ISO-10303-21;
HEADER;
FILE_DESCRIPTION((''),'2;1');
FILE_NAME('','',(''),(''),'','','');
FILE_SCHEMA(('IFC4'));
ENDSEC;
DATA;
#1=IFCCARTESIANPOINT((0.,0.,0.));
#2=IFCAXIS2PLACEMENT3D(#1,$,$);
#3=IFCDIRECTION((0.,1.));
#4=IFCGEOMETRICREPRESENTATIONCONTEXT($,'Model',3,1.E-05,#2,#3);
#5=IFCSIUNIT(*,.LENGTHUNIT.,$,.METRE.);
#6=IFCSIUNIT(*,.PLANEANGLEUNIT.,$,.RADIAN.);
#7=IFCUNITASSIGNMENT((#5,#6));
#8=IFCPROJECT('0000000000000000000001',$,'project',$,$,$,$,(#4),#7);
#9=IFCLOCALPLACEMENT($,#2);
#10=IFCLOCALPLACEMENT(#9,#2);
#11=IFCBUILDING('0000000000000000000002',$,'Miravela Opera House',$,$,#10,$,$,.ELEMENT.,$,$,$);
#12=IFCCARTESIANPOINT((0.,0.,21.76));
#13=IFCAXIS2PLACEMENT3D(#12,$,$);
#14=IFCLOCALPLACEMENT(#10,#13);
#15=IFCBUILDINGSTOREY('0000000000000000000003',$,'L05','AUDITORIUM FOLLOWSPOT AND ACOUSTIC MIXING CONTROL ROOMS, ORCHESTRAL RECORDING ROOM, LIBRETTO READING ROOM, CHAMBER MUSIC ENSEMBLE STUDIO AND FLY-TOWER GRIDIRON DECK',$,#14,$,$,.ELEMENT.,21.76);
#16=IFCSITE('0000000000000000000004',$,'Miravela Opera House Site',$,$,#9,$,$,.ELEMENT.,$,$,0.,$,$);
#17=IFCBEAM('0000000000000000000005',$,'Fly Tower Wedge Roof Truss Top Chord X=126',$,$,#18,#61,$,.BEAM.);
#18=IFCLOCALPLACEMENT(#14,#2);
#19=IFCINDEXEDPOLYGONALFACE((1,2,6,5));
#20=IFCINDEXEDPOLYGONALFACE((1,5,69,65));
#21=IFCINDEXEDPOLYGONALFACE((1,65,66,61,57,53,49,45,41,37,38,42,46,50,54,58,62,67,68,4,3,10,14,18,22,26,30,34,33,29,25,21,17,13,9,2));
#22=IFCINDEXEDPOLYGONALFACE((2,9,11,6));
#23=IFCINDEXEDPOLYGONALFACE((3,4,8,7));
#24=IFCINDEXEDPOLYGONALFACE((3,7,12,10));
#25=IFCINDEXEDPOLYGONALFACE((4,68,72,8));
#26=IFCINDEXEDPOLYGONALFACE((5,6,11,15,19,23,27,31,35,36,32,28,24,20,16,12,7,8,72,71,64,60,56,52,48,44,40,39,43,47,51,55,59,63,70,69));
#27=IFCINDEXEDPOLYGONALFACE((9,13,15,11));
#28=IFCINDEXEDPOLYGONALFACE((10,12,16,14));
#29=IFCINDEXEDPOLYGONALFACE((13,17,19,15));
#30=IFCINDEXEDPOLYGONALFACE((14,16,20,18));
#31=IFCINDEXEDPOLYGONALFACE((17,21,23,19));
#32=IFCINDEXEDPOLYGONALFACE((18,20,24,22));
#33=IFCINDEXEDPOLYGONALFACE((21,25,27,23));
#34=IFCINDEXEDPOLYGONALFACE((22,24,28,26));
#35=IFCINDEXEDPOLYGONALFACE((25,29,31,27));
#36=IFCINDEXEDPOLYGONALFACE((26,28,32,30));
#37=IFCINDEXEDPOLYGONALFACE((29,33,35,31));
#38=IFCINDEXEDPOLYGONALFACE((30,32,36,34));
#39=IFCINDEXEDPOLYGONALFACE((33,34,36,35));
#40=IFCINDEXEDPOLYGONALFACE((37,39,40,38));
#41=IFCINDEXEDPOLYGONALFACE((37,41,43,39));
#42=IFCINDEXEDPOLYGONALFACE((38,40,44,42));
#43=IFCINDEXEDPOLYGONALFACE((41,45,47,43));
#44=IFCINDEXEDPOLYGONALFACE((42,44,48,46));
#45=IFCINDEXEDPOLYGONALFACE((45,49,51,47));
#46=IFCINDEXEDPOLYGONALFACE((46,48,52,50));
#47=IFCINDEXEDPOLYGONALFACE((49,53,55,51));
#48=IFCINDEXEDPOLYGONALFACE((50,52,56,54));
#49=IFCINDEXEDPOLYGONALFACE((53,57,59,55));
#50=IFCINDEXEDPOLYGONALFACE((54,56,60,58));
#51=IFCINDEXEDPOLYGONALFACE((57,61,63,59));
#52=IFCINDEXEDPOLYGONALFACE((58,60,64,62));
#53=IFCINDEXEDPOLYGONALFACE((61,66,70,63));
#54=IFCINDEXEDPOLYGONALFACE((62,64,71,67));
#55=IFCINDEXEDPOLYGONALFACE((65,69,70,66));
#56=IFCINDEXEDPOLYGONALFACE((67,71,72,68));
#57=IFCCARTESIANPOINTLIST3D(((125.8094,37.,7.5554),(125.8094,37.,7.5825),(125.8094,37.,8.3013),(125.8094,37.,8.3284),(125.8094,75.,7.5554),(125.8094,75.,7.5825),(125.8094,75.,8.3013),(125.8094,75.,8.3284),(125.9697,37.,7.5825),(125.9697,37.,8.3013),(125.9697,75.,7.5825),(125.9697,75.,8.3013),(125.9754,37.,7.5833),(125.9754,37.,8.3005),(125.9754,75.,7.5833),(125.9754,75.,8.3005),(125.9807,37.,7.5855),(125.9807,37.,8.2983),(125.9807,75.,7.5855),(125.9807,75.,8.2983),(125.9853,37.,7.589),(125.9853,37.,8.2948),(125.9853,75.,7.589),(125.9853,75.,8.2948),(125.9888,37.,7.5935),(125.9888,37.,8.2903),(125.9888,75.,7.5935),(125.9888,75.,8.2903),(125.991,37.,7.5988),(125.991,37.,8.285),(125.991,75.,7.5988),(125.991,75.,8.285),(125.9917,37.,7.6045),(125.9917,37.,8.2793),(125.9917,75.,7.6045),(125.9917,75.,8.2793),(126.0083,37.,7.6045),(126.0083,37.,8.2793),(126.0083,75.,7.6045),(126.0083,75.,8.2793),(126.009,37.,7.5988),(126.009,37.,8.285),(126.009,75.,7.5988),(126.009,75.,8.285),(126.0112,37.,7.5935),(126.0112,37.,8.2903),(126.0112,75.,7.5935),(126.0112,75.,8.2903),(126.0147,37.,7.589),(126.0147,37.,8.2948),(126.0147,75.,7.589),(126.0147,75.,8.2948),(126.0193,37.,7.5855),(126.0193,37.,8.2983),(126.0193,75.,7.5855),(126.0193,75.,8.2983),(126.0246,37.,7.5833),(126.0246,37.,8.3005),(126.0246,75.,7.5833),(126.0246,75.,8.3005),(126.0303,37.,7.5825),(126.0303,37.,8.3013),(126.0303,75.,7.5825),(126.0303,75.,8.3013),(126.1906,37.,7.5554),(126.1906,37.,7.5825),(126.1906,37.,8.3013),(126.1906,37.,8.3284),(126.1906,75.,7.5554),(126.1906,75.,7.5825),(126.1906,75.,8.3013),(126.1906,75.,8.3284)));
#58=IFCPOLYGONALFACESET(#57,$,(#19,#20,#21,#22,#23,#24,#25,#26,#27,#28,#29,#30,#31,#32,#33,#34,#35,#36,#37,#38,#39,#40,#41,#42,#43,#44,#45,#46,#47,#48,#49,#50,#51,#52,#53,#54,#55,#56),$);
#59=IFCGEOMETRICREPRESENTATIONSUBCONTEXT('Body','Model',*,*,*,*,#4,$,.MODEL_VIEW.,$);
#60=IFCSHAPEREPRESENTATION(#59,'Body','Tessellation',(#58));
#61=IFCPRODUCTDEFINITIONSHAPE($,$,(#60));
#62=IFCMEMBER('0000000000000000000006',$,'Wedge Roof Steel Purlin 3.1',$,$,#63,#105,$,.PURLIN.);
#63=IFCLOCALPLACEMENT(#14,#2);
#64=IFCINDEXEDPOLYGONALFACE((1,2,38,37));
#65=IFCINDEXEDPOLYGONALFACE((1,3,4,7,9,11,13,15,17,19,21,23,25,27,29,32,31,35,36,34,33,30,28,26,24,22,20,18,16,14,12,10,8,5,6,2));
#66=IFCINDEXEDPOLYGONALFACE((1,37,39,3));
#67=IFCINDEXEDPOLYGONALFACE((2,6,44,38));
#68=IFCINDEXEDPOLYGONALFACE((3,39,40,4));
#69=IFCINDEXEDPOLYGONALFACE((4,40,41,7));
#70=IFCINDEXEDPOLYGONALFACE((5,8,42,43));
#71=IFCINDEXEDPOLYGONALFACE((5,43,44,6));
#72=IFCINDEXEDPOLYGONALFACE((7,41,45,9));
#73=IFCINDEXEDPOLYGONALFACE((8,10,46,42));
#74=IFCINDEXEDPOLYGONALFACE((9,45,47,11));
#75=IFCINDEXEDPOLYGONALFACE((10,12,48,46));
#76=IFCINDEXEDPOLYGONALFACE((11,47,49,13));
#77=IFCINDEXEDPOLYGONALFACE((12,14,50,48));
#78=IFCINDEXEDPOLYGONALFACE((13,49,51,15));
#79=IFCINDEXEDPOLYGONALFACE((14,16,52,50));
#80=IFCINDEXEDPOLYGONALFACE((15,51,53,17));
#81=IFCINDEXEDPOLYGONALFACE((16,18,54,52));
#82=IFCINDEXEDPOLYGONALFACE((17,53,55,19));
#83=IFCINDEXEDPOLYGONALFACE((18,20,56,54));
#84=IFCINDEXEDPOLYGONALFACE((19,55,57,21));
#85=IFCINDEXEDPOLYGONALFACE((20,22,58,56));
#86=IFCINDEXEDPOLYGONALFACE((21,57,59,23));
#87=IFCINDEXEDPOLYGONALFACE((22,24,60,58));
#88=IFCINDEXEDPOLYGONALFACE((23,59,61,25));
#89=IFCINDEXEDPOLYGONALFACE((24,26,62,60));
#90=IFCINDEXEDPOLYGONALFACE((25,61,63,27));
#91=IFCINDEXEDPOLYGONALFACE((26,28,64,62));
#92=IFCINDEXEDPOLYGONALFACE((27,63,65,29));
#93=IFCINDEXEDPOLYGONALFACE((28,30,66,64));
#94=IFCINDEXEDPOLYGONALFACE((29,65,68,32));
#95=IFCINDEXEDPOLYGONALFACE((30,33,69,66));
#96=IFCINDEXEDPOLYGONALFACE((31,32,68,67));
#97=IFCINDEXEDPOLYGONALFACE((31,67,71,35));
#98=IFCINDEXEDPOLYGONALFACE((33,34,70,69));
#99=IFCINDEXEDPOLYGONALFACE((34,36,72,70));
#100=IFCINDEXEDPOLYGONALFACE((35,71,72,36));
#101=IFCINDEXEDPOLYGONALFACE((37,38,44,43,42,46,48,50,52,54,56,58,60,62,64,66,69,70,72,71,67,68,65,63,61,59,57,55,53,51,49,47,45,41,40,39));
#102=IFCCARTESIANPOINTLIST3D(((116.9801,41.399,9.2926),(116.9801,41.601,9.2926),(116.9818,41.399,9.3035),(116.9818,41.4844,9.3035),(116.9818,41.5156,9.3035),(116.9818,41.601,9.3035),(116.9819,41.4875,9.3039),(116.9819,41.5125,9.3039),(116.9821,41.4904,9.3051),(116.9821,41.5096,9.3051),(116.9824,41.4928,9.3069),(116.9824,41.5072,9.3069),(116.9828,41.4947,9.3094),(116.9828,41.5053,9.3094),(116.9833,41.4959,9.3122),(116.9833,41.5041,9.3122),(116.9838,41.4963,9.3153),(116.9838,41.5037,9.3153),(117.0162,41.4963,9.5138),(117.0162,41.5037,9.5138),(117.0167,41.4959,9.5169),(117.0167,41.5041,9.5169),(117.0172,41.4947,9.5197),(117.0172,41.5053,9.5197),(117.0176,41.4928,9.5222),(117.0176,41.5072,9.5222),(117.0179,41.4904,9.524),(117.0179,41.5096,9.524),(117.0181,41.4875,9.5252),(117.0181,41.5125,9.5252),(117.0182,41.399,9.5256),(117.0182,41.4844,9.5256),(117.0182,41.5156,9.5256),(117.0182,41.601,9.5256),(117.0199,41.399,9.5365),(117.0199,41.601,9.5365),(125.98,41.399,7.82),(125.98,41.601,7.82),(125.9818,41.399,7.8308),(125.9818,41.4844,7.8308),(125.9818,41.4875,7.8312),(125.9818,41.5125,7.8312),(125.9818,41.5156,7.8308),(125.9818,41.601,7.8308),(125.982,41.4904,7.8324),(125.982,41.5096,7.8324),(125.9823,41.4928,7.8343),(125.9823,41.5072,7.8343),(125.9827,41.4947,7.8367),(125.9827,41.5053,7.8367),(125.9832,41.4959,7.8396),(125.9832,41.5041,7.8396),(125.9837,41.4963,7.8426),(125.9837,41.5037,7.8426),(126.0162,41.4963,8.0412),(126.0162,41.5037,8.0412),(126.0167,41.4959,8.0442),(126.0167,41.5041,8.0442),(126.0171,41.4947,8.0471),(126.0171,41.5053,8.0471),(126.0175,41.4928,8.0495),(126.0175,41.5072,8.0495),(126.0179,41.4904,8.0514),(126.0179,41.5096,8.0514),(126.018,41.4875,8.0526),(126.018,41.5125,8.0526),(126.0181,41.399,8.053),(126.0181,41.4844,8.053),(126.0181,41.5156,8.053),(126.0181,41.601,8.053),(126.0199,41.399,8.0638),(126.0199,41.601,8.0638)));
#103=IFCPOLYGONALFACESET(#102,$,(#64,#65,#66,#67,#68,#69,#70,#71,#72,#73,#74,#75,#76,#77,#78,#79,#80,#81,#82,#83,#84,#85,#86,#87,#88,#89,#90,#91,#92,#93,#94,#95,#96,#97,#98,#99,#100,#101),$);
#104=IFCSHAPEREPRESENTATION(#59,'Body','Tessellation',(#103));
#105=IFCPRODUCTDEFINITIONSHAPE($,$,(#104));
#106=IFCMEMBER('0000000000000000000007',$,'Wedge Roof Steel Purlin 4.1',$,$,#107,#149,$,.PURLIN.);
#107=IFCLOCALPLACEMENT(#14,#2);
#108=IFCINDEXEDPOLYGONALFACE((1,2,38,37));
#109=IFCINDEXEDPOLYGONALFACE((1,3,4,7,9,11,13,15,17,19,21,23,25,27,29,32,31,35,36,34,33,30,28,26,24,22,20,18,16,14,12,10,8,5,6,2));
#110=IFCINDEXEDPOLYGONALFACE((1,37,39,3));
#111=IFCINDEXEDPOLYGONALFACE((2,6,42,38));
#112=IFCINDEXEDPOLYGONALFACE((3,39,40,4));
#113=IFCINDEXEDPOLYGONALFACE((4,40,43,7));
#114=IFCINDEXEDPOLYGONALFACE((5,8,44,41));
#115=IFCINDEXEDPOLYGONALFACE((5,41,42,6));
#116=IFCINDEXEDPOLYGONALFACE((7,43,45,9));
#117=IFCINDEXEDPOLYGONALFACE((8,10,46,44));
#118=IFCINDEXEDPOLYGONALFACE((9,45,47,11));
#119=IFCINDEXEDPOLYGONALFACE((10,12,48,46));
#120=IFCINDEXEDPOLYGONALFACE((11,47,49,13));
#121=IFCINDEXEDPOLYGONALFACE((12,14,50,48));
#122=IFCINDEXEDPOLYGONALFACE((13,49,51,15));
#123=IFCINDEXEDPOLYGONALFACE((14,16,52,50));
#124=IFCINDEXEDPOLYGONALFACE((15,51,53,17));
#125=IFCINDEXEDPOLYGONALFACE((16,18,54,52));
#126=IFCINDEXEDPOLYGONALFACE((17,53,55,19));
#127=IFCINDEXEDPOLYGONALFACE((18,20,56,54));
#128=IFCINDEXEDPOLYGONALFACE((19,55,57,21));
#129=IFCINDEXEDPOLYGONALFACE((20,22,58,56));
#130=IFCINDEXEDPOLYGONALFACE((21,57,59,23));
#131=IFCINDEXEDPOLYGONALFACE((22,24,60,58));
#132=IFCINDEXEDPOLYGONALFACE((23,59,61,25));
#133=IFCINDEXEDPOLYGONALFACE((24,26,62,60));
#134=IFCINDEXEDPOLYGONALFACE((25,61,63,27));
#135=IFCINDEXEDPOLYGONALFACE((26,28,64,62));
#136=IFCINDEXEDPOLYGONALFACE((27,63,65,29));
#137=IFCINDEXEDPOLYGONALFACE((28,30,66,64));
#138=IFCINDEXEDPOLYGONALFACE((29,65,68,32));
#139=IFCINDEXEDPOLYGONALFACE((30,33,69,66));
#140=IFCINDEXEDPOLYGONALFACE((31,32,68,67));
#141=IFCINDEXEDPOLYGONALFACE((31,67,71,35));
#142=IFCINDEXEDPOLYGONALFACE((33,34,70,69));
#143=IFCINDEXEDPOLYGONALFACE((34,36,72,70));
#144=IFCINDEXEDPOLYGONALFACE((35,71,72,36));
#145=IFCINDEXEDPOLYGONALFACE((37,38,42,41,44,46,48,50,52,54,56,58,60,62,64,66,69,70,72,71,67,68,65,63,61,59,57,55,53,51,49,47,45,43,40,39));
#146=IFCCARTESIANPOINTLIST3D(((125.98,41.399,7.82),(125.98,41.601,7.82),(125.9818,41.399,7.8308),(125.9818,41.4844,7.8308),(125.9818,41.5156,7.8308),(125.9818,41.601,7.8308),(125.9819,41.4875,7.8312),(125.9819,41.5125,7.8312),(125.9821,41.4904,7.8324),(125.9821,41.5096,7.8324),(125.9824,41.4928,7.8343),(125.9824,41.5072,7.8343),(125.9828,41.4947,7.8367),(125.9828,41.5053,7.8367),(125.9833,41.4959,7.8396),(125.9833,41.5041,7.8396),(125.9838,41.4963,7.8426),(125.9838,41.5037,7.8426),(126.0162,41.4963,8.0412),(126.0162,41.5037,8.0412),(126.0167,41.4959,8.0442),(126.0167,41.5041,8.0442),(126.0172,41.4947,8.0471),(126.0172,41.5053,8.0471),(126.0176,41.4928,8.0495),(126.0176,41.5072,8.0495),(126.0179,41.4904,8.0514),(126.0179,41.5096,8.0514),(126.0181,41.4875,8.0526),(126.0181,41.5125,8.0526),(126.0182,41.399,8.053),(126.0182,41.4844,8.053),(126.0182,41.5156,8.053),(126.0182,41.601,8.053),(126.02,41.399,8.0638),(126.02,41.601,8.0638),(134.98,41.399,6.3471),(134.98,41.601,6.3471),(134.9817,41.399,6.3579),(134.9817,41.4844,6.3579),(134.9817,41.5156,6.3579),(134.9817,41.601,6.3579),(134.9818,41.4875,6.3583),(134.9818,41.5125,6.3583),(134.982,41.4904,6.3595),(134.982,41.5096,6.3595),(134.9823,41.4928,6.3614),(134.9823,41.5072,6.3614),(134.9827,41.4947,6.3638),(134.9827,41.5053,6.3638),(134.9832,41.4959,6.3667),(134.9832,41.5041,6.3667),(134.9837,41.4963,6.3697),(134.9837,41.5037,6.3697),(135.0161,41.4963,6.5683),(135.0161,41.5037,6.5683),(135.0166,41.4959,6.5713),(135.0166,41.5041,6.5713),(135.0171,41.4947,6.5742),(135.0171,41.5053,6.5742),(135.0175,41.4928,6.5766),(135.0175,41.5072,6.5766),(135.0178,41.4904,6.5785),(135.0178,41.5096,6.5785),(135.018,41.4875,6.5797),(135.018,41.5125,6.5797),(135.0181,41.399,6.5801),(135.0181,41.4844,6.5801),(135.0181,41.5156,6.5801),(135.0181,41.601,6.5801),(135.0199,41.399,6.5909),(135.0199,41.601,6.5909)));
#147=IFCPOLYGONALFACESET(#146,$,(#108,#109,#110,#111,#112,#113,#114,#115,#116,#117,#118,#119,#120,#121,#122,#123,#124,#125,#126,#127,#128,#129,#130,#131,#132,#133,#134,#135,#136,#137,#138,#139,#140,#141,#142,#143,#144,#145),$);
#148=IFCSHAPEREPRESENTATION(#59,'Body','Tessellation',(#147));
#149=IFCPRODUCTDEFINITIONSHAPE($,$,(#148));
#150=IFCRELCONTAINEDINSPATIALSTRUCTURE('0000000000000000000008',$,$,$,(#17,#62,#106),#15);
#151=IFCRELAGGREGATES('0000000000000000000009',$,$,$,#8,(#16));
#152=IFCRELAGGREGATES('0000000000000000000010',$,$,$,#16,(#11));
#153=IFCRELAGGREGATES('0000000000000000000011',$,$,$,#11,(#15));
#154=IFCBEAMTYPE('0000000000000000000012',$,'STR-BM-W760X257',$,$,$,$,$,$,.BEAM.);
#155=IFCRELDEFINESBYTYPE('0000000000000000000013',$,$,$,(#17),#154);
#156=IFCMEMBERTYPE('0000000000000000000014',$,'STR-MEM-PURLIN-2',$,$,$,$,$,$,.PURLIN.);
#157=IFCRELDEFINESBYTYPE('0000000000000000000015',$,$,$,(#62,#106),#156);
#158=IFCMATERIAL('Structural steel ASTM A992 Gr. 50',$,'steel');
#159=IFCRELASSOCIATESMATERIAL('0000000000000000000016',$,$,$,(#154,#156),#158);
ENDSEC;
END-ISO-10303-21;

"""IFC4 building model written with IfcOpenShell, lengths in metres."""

from ifc_helpers import new_model, si_unit, direction, frame, origin, origin_2d, place, context, subcontext, project, spatial, i_section, extrude, material, material_profile, profile_set, type_object, element, save


model = new_model("IFC4")

# Units and contexts
model_context = context("Model", 3, precision=1e-05, world=origin(), true_north=direction((0.0, 1.0)))
body_context = subcontext(model_context, "Body", "Model", "MODEL_VIEW")
ifc_project = project(units=[si_unit("LENGTHUNIT", "METRE"), si_unit("PLANEANGLEUNIT", "RADIAN")], contexts=[model_context])

# Site, building, storey
site_placement = place(None, origin())
site = spatial("IfcSite", under=ifc_project, at=site_placement, Name="Miravela Opera House Site", CompositionType="ELEMENT", RefElevation=0.0)
building_placement = place(site_placement, origin())
building = spatial("IfcBuilding", under=site, at=building_placement, Name="Miravela Opera House", CompositionType="ELEMENT")
storey_placement = place(building_placement, frame((0.0, 0.0, 21.76)))
storey = spatial("IfcBuildingStorey", under=building, at=storey_placement, Name="L05", Description="AUDITORIUM FOLLOWSPOT AND ACOUSTIC MIXING CONTROL ROOMS, ORCHESTRAL RECORDING ROOM, LIBRETTO READING ROOM, CHAMBER MUSIC ENSEMBLE STUDIO AND FLY-TOWER GRIDIRON DECK", CompositionType="ELEMENT", Elevation=21.76)

# Beam
ifc_material_1 = material(Name="Structural steel ASTM A992 Gr. 50", Category="steel")
ifc_material_profile_1 = material_profile(ifc_material_1, i_section(OverallWidth=0.3811, OverallDepth=0.7729, WebThickness=0.0166, FlangeThickness=0.0271, FilletRadius=0.022, at=origin_2d()), Name="W760X257")
ifc_profile_set_1 = profile_set([ifc_material_profile_1])
beam_type_1 = type_object("IfcBeamType", Name="STR-BM-W760X257", PredefinedType="BEAM", material=ifc_profile_set_1)
for number, where, z_axis, x_axis, name in (
    (1, (126.0, 37.0, 7.9419), (0.0, 1.0, 0.0), (-1.0, 0.0, 0.0), "Fly Tower Wedge Roof Truss Top Chord X=126"),
):
    element("IfcBeam", number, at=place(storey_placement, frame(where, z_axis=z_axis, x_axis=x_axis)), inside=storey, type_object=beam_type_1, Name=name, PredefinedType="BEAM", context=body_context, shape_type="SweptSolid", body=[
        extrude(i_section(OverallWidth=0.3811, OverallDepth=0.7729, WebThickness=0.0166, FlangeThickness=0.0271, FilletRadius=0.022, at=origin_2d()), origin(), (0.0, 0.0, 1.0), 38.0),
    ])

# Members
ifc_material_profile_2 = material_profile(ifc_material_1, i_section(OverallWidth=0.2019, OverallDepth=0.2471, WebThickness=0.0073, FlangeThickness=0.011, FilletRadius=0.012, at=origin_2d()), Name="W250X49")
ifc_profile_set_2 = profile_set([ifc_material_profile_2])
member_type_1 = type_object("IfcMemberType", Name="STR-MEM-PURLIN-2", PredefinedType="PURLIN", material=ifc_profile_set_2)
for number, where, z_axis, x_axis, name in (
    (2, (117.0, 41.5, 9.4146), (0.986876, 0.0, -0.161481), (0.0, 1.0, 0.0), "Wedge Roof Steel Purlin 3.1"),
    (3, (126.0, 41.5, 7.9419), (0.986872, 0.0, -0.161507), (0.0, 1.0, 0.0), "Wedge Roof Steel Purlin 4.1"),
):
    element("IfcMember", number, at=place(storey_placement, frame(where, z_axis=z_axis, x_axis=x_axis)), inside=storey, type_object=member_type_1, Name=name, PredefinedType="PURLIN", context=body_context, shape_type="SweptSolid", body=[
        extrude(i_section(OverallWidth=0.2019, OverallDepth=0.2471, WebThickness=0.0073, FlangeThickness=0.011, FilletRadius=0.012, at=origin_2d()), origin(), (0.0, 0.0, 1.0), 9.1196),
    ])

save(model, "model.ifc")
